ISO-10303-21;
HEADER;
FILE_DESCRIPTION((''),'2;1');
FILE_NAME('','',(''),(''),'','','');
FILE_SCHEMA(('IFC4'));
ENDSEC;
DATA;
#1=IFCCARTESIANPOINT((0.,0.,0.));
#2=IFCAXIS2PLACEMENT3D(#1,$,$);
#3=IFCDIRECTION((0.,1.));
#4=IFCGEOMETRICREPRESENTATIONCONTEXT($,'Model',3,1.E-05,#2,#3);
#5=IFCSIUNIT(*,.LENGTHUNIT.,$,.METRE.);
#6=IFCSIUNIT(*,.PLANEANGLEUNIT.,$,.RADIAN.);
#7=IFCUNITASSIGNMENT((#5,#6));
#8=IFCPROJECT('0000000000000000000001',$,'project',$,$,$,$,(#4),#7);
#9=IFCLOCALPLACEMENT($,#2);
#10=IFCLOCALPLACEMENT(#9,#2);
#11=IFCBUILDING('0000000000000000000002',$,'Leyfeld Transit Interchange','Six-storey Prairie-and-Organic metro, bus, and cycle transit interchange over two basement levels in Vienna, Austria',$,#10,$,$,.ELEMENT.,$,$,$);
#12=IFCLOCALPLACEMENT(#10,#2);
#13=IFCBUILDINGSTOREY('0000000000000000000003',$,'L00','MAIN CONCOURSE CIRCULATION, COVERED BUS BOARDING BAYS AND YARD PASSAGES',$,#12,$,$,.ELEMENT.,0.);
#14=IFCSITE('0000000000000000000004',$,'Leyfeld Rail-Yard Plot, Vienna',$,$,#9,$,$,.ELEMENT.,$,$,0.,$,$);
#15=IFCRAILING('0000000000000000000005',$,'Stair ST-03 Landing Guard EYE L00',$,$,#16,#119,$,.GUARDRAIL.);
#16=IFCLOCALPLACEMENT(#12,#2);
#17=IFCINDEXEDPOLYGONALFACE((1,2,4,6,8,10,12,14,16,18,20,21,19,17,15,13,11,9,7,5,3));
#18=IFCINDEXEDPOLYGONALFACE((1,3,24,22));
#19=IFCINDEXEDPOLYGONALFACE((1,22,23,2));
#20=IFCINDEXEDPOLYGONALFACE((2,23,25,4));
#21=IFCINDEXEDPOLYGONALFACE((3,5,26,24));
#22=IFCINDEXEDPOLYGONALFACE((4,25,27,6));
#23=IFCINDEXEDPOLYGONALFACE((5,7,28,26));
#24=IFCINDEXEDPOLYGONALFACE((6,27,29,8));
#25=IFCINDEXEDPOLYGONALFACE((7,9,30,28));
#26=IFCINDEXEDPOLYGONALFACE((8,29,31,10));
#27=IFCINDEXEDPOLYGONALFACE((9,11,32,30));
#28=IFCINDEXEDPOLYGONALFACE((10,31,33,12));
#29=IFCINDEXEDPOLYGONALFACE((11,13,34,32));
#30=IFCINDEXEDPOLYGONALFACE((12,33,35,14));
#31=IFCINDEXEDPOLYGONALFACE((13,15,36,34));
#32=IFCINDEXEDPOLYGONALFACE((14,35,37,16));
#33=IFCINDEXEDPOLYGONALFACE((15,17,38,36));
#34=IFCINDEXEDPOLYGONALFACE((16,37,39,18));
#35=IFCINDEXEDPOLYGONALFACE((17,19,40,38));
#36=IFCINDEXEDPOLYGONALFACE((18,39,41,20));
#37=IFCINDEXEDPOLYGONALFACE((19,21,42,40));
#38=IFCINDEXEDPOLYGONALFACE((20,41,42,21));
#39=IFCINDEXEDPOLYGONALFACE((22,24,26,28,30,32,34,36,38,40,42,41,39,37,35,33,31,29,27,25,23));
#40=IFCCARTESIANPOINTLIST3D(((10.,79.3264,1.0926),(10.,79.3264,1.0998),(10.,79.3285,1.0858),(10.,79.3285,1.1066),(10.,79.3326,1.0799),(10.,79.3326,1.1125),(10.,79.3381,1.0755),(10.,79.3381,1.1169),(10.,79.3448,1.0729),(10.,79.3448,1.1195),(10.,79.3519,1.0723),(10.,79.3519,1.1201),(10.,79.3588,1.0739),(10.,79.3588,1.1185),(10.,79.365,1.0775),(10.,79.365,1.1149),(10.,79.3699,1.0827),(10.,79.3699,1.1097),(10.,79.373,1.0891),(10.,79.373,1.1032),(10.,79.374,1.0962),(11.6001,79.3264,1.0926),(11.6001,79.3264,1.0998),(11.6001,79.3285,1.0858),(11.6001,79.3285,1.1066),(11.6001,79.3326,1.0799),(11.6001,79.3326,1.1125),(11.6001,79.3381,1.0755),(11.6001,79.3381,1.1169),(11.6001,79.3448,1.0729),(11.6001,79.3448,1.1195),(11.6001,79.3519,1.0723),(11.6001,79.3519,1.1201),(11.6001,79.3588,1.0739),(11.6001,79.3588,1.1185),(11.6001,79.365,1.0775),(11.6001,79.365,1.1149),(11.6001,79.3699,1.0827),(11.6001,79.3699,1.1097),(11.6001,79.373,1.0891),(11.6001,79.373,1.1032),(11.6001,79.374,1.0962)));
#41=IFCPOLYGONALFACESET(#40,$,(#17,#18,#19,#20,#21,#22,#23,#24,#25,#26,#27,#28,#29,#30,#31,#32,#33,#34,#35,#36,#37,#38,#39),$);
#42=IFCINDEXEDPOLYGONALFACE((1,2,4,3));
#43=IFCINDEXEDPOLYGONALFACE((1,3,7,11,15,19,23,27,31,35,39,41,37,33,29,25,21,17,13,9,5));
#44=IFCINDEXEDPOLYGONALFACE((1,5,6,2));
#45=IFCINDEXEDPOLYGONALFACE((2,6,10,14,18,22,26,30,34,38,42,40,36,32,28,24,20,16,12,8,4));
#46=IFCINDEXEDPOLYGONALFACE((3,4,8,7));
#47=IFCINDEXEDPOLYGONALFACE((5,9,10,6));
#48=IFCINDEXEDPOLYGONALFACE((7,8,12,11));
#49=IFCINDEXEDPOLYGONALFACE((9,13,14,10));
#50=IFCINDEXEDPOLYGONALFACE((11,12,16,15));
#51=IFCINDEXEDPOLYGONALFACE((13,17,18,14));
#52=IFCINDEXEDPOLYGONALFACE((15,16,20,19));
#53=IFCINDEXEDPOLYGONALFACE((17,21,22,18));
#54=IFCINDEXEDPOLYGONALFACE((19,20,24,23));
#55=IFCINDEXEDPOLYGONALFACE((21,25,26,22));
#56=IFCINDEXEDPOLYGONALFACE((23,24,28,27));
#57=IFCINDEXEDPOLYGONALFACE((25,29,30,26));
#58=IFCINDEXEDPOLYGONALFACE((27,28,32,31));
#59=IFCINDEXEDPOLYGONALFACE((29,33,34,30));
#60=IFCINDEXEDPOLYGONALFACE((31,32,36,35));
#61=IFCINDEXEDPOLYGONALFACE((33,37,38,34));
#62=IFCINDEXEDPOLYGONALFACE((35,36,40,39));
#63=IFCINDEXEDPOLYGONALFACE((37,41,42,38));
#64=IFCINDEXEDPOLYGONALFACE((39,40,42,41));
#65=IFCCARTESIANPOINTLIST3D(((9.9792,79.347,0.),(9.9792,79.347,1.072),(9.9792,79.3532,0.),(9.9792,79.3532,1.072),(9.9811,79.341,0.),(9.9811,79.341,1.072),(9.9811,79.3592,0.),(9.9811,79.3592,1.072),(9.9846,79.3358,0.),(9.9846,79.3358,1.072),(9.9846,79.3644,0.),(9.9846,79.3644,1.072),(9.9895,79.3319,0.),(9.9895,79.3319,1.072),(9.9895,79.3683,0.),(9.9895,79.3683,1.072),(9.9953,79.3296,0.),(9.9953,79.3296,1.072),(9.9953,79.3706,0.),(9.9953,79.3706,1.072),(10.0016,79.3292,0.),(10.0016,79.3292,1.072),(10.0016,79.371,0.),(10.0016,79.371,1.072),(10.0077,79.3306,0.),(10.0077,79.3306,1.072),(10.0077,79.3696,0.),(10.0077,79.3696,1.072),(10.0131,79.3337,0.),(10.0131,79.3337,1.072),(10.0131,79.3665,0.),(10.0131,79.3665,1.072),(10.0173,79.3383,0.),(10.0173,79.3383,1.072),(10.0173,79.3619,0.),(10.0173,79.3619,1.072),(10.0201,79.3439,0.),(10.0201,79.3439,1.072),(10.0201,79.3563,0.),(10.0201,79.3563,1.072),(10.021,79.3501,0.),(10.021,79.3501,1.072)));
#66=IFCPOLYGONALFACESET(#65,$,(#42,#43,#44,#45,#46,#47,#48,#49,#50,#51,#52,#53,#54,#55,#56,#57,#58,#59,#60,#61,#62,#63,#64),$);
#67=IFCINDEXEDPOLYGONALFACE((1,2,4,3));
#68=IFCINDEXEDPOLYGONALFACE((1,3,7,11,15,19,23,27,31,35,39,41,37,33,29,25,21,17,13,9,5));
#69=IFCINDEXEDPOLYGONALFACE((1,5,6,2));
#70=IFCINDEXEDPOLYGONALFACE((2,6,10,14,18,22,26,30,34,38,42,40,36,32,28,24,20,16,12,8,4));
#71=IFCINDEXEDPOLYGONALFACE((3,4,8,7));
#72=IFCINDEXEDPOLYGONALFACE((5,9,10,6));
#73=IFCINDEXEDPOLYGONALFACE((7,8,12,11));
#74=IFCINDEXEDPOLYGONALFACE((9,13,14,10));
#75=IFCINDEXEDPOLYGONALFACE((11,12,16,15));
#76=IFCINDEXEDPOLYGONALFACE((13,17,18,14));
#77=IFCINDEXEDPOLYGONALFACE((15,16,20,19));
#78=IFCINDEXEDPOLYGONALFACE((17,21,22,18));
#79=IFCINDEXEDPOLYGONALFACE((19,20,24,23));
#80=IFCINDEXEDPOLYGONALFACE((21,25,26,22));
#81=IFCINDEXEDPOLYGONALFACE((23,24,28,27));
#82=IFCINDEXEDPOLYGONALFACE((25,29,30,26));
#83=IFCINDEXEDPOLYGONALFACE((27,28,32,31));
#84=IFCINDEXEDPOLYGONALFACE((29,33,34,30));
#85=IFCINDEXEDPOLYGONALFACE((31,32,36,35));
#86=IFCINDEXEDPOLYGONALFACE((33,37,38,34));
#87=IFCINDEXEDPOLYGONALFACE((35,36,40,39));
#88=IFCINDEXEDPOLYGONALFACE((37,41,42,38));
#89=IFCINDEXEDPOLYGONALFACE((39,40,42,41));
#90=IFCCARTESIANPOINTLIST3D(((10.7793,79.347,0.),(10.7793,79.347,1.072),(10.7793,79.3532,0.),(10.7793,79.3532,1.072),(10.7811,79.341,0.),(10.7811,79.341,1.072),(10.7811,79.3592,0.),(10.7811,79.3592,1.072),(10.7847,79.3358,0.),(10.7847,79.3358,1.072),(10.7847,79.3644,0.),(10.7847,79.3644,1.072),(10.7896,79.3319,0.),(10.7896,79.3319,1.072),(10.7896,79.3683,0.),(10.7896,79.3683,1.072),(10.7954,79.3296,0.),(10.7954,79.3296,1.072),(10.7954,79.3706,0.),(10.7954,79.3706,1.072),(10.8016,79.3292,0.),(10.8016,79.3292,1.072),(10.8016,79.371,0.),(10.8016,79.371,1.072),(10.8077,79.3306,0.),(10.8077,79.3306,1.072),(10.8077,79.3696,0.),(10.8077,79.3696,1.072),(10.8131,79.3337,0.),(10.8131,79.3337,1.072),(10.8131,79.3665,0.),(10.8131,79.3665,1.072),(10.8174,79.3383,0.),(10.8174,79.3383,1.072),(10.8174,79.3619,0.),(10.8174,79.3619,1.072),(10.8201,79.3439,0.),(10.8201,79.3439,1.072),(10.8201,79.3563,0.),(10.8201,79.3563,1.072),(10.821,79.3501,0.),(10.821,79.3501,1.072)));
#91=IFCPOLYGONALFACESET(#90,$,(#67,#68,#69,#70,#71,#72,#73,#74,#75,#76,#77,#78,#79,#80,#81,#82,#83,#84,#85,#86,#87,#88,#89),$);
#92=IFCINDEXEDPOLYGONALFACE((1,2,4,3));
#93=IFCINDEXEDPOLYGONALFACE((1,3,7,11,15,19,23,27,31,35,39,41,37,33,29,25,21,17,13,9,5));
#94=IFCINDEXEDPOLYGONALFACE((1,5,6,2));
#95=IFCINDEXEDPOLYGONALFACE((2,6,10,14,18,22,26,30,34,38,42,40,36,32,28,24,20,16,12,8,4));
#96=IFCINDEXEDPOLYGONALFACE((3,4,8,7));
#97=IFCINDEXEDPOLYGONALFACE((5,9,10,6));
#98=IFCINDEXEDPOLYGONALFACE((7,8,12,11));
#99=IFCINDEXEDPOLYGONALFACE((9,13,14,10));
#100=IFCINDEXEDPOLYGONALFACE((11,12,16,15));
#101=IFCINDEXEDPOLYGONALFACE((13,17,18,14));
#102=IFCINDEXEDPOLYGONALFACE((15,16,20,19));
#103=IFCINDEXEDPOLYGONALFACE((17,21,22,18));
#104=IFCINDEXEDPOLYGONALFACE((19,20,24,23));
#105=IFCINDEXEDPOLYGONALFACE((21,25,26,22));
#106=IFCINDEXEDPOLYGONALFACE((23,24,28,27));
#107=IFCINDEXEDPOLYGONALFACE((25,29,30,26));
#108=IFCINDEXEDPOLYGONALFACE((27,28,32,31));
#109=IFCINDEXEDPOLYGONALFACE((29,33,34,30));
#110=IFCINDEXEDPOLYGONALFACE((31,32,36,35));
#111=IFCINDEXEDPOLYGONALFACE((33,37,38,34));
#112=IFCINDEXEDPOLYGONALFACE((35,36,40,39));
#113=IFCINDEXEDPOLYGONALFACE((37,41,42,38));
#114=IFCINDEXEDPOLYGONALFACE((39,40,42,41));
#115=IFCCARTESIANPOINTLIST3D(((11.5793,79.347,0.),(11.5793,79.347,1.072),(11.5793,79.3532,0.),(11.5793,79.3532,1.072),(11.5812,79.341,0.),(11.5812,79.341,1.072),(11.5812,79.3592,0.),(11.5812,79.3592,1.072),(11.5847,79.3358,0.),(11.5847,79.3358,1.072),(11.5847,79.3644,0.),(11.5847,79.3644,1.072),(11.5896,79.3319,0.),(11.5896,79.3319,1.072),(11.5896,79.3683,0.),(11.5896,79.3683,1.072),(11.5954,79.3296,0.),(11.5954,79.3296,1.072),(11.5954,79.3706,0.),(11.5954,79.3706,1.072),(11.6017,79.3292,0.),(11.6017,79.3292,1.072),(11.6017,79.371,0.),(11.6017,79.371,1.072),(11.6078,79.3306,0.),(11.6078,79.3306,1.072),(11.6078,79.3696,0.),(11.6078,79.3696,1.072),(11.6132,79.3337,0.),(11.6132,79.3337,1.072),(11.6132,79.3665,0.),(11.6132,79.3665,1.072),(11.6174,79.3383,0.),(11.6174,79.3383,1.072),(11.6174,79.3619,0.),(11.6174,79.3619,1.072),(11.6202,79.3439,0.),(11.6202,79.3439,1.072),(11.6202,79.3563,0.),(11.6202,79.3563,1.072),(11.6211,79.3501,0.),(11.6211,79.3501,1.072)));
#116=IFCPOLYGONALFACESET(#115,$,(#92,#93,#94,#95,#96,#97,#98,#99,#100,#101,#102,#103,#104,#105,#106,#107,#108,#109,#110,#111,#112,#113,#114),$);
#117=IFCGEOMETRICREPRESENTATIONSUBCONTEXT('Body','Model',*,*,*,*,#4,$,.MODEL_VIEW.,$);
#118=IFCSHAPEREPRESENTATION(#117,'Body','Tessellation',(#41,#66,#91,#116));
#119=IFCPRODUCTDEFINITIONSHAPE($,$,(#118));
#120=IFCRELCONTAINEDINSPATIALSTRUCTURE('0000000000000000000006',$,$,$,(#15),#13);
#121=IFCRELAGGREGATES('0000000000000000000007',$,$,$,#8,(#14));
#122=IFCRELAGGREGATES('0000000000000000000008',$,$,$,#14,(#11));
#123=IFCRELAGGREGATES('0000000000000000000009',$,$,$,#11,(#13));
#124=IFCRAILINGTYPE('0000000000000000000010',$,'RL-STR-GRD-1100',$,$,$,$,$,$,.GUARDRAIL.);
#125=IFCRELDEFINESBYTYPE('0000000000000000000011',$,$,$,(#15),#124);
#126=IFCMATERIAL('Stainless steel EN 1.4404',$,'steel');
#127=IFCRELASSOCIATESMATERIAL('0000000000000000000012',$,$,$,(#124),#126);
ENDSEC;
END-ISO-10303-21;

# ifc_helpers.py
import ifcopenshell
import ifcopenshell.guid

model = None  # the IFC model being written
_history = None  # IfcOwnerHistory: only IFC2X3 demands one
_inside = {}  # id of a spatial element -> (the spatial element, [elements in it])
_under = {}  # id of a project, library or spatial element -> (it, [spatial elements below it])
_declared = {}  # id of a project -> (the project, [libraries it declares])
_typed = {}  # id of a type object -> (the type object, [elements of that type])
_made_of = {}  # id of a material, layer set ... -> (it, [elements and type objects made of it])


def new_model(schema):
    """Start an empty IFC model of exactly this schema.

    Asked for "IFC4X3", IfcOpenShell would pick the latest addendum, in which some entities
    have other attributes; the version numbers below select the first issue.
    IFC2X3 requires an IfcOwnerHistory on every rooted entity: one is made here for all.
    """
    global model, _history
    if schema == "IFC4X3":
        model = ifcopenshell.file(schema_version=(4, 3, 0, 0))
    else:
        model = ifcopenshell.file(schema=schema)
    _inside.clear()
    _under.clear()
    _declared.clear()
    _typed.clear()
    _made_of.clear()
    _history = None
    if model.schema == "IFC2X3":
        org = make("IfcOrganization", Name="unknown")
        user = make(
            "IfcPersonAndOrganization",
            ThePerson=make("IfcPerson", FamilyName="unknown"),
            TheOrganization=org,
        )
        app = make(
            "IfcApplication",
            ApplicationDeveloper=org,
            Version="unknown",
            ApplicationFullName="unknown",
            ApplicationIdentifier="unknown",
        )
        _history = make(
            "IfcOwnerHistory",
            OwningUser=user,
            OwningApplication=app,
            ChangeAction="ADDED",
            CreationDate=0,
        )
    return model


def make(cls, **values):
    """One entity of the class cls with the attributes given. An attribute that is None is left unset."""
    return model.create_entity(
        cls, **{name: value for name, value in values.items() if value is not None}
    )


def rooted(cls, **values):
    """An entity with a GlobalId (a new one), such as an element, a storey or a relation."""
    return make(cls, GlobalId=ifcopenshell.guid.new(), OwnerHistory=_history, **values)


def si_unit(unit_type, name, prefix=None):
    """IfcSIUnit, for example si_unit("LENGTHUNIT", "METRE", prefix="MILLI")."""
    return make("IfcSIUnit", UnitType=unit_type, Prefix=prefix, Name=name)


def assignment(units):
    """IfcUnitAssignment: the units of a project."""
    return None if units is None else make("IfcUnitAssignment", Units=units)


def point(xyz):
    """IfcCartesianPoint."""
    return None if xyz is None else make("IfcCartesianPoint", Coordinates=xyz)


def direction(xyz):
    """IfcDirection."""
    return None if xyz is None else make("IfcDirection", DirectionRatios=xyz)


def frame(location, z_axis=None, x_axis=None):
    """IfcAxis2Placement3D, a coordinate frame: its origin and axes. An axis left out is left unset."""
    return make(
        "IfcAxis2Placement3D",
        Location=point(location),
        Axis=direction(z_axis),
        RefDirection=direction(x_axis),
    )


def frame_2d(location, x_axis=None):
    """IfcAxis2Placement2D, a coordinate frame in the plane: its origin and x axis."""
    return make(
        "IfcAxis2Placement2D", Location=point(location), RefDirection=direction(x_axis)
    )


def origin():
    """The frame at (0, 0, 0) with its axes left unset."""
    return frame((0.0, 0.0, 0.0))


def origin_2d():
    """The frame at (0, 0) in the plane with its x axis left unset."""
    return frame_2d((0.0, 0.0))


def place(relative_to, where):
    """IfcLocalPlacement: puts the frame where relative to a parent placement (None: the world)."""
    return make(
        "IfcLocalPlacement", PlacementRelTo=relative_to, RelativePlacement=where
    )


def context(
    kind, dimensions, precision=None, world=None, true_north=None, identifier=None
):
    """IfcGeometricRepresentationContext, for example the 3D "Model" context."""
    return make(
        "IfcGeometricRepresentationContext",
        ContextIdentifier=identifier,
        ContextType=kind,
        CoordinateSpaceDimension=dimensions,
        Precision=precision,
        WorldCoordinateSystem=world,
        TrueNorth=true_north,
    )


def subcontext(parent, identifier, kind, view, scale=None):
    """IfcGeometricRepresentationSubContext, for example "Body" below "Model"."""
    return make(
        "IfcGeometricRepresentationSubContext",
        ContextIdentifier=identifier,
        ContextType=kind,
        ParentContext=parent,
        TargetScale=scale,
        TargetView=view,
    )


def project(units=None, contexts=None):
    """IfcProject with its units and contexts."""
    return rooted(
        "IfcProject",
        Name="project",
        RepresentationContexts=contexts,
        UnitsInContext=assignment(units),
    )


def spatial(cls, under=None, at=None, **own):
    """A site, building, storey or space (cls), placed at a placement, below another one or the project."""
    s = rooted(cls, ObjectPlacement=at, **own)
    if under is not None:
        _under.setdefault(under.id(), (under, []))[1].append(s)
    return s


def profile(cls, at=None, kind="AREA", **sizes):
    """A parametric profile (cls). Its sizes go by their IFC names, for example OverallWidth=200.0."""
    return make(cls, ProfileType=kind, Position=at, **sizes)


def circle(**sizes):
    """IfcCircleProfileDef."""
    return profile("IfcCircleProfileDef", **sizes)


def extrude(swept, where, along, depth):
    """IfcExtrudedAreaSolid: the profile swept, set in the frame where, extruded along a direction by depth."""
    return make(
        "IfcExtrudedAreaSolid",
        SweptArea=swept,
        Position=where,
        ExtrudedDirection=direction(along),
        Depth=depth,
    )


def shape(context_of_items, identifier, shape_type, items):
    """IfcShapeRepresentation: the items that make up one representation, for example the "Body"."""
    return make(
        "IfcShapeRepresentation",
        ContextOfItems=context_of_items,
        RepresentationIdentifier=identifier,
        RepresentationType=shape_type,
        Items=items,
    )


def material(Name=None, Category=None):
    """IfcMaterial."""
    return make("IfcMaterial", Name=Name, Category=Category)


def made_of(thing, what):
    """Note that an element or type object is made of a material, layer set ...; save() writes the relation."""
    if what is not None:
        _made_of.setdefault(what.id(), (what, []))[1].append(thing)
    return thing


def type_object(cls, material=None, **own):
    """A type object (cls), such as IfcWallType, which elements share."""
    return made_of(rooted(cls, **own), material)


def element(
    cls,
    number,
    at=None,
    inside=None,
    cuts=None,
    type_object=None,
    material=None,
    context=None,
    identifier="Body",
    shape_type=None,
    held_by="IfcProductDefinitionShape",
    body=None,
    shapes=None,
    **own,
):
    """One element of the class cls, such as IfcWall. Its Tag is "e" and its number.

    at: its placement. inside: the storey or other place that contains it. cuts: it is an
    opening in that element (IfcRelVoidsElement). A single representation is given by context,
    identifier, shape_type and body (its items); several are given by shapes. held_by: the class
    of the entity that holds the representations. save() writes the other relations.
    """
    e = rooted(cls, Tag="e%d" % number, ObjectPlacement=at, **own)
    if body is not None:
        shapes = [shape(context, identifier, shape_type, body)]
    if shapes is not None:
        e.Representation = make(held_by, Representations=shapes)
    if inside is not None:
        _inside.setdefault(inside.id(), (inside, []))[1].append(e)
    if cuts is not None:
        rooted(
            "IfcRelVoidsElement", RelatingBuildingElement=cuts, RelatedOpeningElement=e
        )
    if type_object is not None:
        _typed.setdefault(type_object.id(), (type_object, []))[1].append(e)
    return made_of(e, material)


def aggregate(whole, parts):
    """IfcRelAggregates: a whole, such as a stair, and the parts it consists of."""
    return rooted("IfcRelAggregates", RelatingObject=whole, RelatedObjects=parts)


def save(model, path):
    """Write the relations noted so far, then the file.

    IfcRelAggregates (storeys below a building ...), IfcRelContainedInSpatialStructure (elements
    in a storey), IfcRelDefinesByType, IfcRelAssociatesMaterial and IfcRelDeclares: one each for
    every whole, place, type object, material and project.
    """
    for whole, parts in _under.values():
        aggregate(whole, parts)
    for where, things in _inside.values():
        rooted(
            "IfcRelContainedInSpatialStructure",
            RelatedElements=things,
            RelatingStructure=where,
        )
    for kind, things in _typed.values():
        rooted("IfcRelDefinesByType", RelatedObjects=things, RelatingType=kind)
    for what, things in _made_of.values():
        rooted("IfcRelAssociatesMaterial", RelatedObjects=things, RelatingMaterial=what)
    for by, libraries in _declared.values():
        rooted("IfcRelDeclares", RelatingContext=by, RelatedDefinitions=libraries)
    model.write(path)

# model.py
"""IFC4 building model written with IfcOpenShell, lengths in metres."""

from ifc_helpers import new_model, si_unit, direction, frame, origin, origin_2d, place, context, subcontext, project, spatial, circle, extrude, material, type_object, element, save


model = new_model("IFC4")

# Units and contexts
model_context = context("Model", 3, precision=1e-05, world=origin(), true_north=direction((0.0, 1.0)))
body_context = subcontext(model_context, "Body", "Model", "MODEL_VIEW")
ifc_project = project(units=[si_unit("LENGTHUNIT", "METRE"), si_unit("PLANEANGLEUNIT", "RADIAN")], contexts=[model_context])

# Site, building, storey
site_placement = place(None, origin())
site = spatial("IfcSite", under=ifc_project, at=site_placement, Name="Leyfeld Rail-Yard Plot, Vienna", CompositionType="ELEMENT", RefElevation=0.0)
building_placement = place(site_placement, origin())
building = spatial("IfcBuilding", under=site, at=building_placement, Name="Leyfeld Transit Interchange", Description="Six-storey Prairie-and-Organic metro, bus, and cycle transit interchange over two basement levels in Vienna, Austria", CompositionType="ELEMENT")
storey_placement = place(building_placement, origin())
storey = spatial("IfcBuildingStorey", under=building, at=storey_placement, Name="L00", Description="MAIN CONCOURSE CIRCULATION, COVERED BUS BOARDING BAYS AND YARD PASSAGES", CompositionType="ELEMENT", Elevation=0.0)

# Railing
ifc_material_1 = material(Name="Stainless steel EN 1.4404", Category="steel")
railing_type_1 = type_object("IfcRailingType", Name="RL-STR-GRD-1100", PredefinedType="GUARDRAIL", material=ifc_material_1)
railing_1_placement = place(storey_placement, frame((10.0, 79.3501, 0.0)))
element("IfcRailing", 1, at=railing_1_placement, inside=storey, type_object=railing_type_1, Name="Stair ST-03 Landing Guard EYE L00", PredefinedType="GUARDRAIL", context=body_context, shape_type="SweptSolid", body=[
    extrude(circle(Radius=0.0239, at=origin_2d()), frame((0.0, 0.0, 1.0962), z_axis=(1.0, 0.0, 0.0), x_axis=(0.0, 1.0, 0.0)), (0.0, 0.0, 1.0), 1.6001),
    extrude(circle(Radius=0.021, at=origin_2d()), origin(), (0.0, 0.0, 1.0), 1.072),
    extrude(circle(Radius=0.021, at=origin_2d()), frame((0.8, 0.0, 0.0)), (0.0, 0.0, 1.0), 1.072),
    extrude(circle(Radius=0.021, at=origin_2d()), frame((1.6001, 0.0, 0.0)), (0.0, 0.0, 1.0), 1.072),
])

save(model, "model.ifc")
